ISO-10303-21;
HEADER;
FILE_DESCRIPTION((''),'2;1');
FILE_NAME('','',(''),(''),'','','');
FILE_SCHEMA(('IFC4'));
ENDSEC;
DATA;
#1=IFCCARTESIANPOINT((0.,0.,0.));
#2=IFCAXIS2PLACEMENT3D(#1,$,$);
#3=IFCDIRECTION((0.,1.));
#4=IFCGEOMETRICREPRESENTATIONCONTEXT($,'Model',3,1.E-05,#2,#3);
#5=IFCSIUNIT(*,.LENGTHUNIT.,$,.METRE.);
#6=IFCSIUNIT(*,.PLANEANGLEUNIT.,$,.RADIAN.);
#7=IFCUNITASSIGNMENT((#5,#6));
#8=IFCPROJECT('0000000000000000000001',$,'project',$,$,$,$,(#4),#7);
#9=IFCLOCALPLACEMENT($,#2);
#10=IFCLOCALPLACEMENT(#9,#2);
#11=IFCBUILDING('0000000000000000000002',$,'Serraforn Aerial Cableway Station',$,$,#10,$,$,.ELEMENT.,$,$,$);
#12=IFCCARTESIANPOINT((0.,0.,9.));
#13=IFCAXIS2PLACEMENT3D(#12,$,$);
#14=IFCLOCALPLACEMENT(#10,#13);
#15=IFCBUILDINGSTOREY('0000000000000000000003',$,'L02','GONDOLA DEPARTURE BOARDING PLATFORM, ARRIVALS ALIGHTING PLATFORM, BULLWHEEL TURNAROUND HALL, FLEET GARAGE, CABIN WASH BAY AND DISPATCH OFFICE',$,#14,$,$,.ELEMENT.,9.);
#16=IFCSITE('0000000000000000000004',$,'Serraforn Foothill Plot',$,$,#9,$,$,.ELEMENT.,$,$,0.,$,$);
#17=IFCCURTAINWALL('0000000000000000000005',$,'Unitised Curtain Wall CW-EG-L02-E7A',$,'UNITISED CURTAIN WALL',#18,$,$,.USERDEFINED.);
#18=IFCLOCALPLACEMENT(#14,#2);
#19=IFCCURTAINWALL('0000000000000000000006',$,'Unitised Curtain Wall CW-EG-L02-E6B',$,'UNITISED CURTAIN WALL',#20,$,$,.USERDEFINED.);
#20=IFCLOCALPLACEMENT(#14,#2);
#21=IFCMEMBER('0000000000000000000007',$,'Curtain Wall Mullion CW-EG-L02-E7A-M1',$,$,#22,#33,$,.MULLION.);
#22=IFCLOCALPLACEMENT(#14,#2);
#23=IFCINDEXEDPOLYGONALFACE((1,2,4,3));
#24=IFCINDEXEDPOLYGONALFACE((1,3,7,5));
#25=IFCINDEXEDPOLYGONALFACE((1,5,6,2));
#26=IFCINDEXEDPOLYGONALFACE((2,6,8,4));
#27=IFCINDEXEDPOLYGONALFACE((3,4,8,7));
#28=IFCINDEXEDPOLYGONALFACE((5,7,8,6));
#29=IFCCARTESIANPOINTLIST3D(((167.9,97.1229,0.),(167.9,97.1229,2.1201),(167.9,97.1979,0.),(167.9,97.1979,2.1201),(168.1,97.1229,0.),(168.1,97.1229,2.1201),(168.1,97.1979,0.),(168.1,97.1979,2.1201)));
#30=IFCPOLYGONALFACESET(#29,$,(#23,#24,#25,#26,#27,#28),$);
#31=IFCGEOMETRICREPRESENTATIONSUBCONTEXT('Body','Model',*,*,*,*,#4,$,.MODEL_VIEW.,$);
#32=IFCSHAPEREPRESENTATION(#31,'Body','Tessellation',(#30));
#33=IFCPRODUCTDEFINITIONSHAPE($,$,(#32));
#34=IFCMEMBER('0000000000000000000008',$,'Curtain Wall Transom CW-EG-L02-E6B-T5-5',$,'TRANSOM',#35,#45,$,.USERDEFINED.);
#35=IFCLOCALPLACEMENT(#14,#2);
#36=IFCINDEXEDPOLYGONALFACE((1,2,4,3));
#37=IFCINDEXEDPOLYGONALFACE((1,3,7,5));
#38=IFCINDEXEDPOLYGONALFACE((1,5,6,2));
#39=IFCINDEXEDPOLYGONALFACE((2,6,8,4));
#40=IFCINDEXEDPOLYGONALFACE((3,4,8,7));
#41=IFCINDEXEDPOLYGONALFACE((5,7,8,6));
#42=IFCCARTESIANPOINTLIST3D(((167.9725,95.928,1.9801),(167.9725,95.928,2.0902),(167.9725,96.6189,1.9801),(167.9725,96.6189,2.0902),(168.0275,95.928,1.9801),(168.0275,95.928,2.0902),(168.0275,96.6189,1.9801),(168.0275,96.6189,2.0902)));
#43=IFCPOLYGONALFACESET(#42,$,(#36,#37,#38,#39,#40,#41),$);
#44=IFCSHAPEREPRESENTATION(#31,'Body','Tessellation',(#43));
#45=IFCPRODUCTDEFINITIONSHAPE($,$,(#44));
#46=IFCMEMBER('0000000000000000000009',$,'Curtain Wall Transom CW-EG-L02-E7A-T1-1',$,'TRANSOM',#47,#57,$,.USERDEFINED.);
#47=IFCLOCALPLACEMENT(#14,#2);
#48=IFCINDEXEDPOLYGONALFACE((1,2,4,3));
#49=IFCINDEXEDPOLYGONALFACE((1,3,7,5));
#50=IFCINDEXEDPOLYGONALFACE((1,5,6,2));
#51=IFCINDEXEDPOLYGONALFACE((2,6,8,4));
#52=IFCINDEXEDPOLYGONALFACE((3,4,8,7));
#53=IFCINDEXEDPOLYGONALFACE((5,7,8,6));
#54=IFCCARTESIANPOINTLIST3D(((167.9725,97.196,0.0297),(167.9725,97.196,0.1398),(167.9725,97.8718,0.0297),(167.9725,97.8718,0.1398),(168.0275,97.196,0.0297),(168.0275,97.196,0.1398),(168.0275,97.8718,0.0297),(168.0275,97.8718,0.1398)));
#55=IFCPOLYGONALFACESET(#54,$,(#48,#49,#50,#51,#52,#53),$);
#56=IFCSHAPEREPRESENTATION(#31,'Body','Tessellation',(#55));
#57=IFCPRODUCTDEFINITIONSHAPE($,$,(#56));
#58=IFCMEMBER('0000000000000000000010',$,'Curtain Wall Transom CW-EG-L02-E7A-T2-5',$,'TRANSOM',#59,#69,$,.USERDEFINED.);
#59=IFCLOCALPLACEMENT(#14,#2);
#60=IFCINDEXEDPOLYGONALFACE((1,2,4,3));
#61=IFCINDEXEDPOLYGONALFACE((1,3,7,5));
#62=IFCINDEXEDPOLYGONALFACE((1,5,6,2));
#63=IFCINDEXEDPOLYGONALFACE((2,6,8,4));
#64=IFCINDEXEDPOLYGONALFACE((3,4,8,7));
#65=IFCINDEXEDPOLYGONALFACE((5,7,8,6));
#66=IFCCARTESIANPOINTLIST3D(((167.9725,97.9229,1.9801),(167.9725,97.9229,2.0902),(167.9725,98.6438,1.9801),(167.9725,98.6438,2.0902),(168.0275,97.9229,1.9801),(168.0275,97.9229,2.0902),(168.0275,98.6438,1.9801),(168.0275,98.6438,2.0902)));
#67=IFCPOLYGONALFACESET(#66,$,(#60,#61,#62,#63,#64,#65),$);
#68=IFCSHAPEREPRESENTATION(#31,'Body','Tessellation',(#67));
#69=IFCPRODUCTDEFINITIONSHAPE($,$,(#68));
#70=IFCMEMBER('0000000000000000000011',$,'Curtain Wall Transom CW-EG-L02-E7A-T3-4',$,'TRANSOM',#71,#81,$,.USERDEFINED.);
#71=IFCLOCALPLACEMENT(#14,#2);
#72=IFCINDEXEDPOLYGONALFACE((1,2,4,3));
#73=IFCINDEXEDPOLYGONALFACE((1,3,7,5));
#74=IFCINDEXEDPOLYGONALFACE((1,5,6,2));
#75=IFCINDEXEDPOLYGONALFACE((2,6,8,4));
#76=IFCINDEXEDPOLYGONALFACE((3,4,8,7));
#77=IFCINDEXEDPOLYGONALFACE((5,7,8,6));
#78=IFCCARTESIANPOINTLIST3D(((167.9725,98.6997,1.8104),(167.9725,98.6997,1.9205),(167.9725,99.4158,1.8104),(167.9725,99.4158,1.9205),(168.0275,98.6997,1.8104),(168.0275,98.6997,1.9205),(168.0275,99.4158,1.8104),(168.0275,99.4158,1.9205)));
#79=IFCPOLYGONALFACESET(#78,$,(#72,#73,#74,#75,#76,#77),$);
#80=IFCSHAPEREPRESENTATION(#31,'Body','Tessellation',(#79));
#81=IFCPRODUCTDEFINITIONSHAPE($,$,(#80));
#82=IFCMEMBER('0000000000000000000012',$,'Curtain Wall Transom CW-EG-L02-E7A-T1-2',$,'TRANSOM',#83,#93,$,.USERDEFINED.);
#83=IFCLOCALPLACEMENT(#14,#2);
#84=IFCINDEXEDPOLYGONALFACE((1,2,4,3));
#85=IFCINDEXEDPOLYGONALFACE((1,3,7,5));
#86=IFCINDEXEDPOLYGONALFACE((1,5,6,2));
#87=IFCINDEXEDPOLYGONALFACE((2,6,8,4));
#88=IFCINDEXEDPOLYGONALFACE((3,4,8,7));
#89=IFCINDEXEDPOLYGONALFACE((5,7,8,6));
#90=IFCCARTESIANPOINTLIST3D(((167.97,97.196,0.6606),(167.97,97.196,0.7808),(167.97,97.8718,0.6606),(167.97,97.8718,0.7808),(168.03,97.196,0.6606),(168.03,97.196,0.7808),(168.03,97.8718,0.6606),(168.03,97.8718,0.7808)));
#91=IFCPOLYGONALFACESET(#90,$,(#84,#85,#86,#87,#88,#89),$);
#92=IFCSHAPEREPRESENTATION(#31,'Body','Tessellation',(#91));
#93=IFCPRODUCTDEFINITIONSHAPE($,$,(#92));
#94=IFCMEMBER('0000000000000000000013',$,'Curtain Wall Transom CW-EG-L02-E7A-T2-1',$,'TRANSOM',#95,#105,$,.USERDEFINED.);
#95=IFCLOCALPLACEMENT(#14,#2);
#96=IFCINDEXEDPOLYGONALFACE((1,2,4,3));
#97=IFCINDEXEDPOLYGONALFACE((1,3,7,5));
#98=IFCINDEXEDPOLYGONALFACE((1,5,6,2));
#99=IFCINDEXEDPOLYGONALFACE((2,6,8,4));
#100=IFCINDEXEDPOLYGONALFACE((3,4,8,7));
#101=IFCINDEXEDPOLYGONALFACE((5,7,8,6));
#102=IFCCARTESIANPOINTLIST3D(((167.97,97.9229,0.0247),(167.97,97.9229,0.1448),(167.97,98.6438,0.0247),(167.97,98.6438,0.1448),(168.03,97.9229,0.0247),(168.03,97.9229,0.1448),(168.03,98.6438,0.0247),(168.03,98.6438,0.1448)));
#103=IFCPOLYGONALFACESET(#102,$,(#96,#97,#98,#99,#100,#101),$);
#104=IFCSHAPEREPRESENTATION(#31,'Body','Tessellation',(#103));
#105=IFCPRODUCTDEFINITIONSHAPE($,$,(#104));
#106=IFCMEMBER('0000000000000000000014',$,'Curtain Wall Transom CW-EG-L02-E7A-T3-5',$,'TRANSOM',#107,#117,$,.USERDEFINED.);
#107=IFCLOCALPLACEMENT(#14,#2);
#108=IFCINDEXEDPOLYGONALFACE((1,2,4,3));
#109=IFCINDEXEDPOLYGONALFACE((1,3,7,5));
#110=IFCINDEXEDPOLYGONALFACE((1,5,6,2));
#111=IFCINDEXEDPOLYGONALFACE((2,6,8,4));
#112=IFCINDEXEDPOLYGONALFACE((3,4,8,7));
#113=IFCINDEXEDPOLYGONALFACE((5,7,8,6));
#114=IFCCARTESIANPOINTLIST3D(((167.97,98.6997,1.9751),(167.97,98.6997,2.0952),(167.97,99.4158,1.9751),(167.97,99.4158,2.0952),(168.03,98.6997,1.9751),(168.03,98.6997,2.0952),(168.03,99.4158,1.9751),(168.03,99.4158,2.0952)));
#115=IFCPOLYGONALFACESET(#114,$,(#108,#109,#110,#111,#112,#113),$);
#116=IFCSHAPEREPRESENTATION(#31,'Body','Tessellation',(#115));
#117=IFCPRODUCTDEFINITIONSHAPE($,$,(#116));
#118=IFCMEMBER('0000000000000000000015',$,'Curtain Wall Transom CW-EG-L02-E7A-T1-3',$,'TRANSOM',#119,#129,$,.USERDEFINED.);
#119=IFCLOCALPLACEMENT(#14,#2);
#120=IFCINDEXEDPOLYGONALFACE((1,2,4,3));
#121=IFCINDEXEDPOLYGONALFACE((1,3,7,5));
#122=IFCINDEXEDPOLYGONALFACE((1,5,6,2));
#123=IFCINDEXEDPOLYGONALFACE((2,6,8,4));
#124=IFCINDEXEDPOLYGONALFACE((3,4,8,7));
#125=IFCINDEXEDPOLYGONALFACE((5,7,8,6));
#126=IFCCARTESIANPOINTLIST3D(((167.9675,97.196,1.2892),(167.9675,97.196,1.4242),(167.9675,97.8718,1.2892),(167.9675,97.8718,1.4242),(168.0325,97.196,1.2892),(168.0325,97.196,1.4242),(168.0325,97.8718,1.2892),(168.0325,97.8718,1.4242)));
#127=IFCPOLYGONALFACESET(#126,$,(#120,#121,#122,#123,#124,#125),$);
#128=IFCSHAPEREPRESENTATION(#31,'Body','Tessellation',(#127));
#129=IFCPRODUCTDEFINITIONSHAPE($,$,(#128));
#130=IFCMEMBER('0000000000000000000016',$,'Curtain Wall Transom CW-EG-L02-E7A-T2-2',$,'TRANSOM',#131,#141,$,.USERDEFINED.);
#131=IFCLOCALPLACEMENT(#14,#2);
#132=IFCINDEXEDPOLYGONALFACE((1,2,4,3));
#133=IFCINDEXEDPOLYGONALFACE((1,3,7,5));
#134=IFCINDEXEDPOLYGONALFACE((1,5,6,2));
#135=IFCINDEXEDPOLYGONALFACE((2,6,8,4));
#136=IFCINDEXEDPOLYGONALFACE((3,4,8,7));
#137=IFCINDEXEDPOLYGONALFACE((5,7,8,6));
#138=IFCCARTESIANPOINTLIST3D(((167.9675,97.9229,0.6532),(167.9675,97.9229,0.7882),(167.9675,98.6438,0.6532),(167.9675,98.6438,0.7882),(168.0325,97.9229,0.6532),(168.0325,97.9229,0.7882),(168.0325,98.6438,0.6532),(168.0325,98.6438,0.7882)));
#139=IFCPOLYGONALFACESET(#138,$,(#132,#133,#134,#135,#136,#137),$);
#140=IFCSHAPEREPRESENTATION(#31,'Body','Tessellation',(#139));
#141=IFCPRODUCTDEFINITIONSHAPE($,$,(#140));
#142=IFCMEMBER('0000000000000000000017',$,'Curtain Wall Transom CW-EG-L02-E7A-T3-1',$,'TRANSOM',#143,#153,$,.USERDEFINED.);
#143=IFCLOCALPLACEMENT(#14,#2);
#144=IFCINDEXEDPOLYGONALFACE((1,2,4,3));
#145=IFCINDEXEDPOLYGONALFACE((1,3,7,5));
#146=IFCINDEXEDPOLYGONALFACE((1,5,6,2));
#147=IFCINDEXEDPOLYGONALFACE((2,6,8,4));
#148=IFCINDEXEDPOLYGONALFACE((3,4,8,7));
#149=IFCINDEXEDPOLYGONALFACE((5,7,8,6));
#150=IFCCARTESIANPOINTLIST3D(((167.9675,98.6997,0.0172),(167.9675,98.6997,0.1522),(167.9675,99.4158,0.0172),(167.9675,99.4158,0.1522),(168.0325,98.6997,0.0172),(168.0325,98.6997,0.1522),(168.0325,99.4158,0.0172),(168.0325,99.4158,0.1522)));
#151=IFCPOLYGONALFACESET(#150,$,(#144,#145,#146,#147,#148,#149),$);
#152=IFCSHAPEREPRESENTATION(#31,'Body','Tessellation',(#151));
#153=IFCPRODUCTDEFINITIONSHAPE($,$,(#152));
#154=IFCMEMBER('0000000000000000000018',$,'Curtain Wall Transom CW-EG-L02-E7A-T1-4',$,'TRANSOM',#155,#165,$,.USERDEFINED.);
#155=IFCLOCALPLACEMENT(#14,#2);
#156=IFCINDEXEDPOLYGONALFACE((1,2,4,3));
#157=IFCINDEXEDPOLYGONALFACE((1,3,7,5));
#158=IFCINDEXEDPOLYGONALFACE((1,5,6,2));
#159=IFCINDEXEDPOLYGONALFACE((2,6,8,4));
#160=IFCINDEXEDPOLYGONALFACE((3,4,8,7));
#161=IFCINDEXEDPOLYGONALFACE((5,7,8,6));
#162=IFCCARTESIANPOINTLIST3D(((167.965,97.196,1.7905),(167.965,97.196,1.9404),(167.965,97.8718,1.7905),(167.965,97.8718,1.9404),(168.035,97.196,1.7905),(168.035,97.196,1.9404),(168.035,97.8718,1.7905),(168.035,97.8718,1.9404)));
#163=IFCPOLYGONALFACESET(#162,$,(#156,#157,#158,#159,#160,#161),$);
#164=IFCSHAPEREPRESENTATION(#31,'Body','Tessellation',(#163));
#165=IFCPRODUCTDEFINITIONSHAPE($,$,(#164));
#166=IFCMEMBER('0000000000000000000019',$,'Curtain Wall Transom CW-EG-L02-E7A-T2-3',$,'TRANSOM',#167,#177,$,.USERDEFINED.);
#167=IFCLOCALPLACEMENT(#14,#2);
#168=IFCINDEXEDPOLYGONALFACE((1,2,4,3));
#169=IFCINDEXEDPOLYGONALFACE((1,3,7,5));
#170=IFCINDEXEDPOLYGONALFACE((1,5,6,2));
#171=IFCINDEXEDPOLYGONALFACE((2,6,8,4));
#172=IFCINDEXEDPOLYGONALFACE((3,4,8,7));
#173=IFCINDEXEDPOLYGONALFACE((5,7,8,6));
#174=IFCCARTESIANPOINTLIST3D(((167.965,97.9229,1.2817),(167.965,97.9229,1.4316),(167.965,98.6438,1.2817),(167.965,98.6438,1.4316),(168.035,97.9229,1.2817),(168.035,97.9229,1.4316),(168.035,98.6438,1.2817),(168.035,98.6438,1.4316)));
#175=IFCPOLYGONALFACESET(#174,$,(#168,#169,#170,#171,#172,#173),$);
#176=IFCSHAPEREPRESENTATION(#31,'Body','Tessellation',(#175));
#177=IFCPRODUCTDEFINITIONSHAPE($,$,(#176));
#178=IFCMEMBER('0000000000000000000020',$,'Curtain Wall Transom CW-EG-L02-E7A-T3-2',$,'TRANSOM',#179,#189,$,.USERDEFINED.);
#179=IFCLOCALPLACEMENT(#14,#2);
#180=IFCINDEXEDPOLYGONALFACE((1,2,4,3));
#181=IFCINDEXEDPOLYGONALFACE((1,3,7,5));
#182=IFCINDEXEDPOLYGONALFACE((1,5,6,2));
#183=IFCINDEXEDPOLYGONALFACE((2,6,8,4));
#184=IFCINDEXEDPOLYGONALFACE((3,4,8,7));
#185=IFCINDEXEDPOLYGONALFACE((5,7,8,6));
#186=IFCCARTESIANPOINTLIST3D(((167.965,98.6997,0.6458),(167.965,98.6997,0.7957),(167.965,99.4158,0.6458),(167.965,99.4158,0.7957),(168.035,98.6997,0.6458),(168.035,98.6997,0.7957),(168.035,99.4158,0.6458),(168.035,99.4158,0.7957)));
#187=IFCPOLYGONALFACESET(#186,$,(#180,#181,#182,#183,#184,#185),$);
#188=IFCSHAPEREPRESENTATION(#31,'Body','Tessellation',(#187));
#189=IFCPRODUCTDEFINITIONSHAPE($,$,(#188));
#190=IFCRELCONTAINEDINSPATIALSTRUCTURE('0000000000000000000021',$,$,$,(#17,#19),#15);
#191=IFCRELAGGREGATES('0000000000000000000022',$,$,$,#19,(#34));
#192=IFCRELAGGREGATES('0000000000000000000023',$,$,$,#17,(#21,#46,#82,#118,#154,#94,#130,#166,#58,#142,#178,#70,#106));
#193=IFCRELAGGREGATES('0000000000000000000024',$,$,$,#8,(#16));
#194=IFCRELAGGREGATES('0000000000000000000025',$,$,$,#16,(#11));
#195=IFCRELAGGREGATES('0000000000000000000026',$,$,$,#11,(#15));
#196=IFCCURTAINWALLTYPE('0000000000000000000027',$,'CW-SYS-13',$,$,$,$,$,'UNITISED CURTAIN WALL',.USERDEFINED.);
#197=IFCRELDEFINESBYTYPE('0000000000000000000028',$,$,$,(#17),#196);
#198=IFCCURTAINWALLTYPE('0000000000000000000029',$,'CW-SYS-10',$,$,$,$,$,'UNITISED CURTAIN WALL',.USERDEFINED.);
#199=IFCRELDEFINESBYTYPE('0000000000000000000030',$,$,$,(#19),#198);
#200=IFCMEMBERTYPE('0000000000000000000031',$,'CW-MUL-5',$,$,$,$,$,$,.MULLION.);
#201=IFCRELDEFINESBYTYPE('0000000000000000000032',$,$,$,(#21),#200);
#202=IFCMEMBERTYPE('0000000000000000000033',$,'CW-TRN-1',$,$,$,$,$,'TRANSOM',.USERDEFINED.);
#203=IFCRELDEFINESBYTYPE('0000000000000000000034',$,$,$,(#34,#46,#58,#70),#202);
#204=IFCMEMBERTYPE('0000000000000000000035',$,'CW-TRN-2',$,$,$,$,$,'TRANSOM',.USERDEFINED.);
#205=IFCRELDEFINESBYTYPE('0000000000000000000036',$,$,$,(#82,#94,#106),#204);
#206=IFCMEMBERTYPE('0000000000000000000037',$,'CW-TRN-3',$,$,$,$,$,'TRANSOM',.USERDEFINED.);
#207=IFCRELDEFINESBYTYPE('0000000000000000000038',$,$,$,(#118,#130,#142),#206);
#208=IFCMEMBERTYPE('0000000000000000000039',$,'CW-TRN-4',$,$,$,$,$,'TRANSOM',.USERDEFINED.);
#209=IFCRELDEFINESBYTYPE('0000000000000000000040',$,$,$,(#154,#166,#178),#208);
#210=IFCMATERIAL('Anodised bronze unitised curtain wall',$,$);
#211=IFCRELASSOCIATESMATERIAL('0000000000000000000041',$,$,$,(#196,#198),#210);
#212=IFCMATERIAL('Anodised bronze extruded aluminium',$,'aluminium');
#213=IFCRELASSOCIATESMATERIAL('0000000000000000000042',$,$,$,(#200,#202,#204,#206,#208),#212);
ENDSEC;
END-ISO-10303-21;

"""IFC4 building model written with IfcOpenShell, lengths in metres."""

from ifc_helpers import new_model, si_unit, direction, frame, origin, origin_2d, place, context, subcontext, project, spatial, rectangle, extrude, material, material_profile, profile_set, type_object, element, aggregate, save


model = new_model("IFC4")

# Units and contexts
model_context = context("Model", 3, precision=1e-05, world=origin(), true_north=direction((0.0, 1.0)))
body_context = subcontext(model_context, "Body", "Model", "MODEL_VIEW")
ifc_project = project(units=[si_unit("LENGTHUNIT", "METRE"), si_unit("PLANEANGLEUNIT", "RADIAN")], contexts=[model_context])

# Site, building, storey
site_placement = place(None, origin())
site = spatial("IfcSite", under=ifc_project, at=site_placement, Name="Serraforn Foothill Plot", CompositionType="ELEMENT", RefElevation=0.0)
building_placement = place(site_placement, origin())
building = spatial("IfcBuilding", under=site, at=building_placement, Name="Serraforn Aerial Cableway Station", CompositionType="ELEMENT")
storey_placement = place(building_placement, frame((0.0, 0.0, 9.0)))
storey = spatial("IfcBuildingStorey", under=building, at=storey_placement, Name="L02", Description="GONDOLA DEPARTURE BOARDING PLATFORM, ARRIVALS ALIGHTING PLATFORM, BULLWHEEL TURNAROUND HALL, FLEET GARAGE, CABIN WASH BAY AND DISPATCH OFFICE", CompositionType="ELEMENT", Elevation=9.0)

# Curtain walls
ifc_material_1 = material(Name="Anodised bronze unitised curtain wall")
curtain_wall_type_1 = type_object("IfcCurtainWallType", Name="CW-SYS-13", ElementType="UNITISED CURTAIN WALL", PredefinedType="USERDEFINED", material=ifc_material_1)
curtain_wall_1_placement = place(storey_placement, origin())
curtain_wall_1 = element("IfcCurtainWall", 1, at=curtain_wall_1_placement, inside=storey, type_object=curtain_wall_type_1, Name="Unitised Curtain Wall CW-EG-L02-E7A", ObjectType="UNITISED CURTAIN WALL", PredefinedType="USERDEFINED")
ifc_material_2 = material(Name="Anodised bronze extruded aluminium", Category="aluminium")
curtain_wall_type_2 = type_object("IfcCurtainWallType", Name="CW-SYS-10", ElementType="UNITISED CURTAIN WALL", PredefinedType="USERDEFINED", material=ifc_material_1)
curtain_wall_2_placement = place(storey_placement, origin())
curtain_wall_2 = element("IfcCurtainWall", 2, at=curtain_wall_2_placement, inside=storey, type_object=curtain_wall_type_2, Name="Unitised Curtain Wall CW-EG-L02-E6B", ObjectType="UNITISED CURTAIN WALL", PredefinedType="USERDEFINED")

# Members
ifc_material_profile_1 = material_profile(ifc_material_2, rectangle(XDim=0.075, YDim=0.2, at=origin_2d()), Name="CW MULLION 75x200")
ifc_profile_set_1 = profile_set([ifc_material_profile_1], Name="Anodised bronze extruded aluminium")
member_type_1 = type_object("IfcMemberType", Name="CW-MUL-5", PredefinedType="MULLION", material=ifc_profile_set_1)
member_1_placement = place(storey_placement, frame((168.0, 97.1604, 0.0), z_axis=(0.0, 0.0, 1.0), x_axis=(0.0, 1.0, 0.0)))
member_1 = element("IfcMember", 3, at=member_1_placement, type_object=member_type_1, Name="Curtain Wall Mullion CW-EG-L02-E7A-M1", PredefinedType="MULLION", context=body_context, shape_type="SweptSolid", body=[
    extrude(rectangle(XDim=0.075, YDim=0.2, at=origin_2d()), origin(), (0.0, 0.0, 1.0), 2.1201),
])
ifc_material_profile_2 = material_profile(ifc_material_2, rectangle(XDim=0.0549, YDim=0.1101, at=origin_2d()), Name="CW TRANSOM 55x110")
ifc_profile_set_2 = profile_set([ifc_material_profile_2], Name="Anodised bronze extruded aluminium")
member_type_2 = type_object("IfcMemberType", Name="CW-TRN-1", ElementType="TRANSOM", PredefinedType="USERDEFINED", material=ifc_profile_set_2)
member_2_placement = place(storey_placement, frame((168.0, 95.928, 2.0352), z_axis=(0.0, 1.0, 0.0), x_axis=(-1.0, 0.0, 0.0)))
member_2 = element("IfcMember", 4, at=member_2_placement, type_object=member_type_2, Name="Curtain Wall Transom CW-EG-L02-E6B-T5-5", ObjectType="TRANSOM", PredefinedType="USERDEFINED", context=body_context, shape_type="SweptSolid", body=[
    extrude(rectangle(XDim=0.0549, YDim=0.1101, at=origin_2d()), origin(), (0.0, 0.0, 1.0), 0.6909),
])
member_3_placement = place(storey_placement, frame((168.0, 97.196, 0.0847), z_axis=(0.0, 1.0, 0.0), x_axis=(-1.0, 0.0, 0.0)))
member_3 = element("IfcMember", 5, at=member_3_placement, type_object=member_type_2, Name="Curtain Wall Transom CW-EG-L02-E7A-T1-1", ObjectType="TRANSOM", PredefinedType="USERDEFINED", context=body_context, shape_type="SweptSolid", body=[
    extrude(rectangle(XDim=0.0549, YDim=0.1101, at=origin_2d()), origin(), (0.0, 0.0, 1.0), 0.6758),
])
member_4_placement = place(storey_placement, frame((168.0, 97.9229, 2.0352), z_axis=(0.0, 1.0, 0.0), x_axis=(-1.0, 0.0, 0.0)))
member_4 = element("IfcMember", 6, at=member_4_placement, type_object=member_type_2, Name="Curtain Wall Transom CW-EG-L02-E7A-T2-5", ObjectType="TRANSOM", PredefinedType="USERDEFINED", context=body_context, shape_type="SweptSolid", body=[
    extrude(rectangle(XDim=0.0549, YDim=0.1101, at=origin_2d()), origin(), (0.0, 0.0, 1.0), 0.7209),
])
member_5_placement = place(storey_placement, frame((168.0, 98.6997, 1.8655), z_axis=(0.0, 1.0, 0.0), x_axis=(-1.0, 0.0, 0.0)))
member_5 = element("IfcMember", 7, at=member_5_placement, type_object=member_type_2, Name="Curtain Wall Transom CW-EG-L02-E7A-T3-4", ObjectType="TRANSOM", PredefinedType="USERDEFINED", context=body_context, shape_type="SweptSolid", body=[
    extrude(rectangle(XDim=0.0549, YDim=0.1101, at=origin_2d()), origin(), (0.0, 0.0, 1.0), 0.7161),
])
ifc_material_profile_3 = material_profile(ifc_material_2, rectangle(XDim=0.0601, YDim=0.1201, at=origin_2d()), Name="CW TRANSOM 60x120")
ifc_profile_set_3 = profile_set([ifc_material_profile_3], Name="Anodised bronze extruded aluminium")
member_type_3 = type_object("IfcMemberType", Name="CW-TRN-2", ElementType="TRANSOM", PredefinedType="USERDEFINED", material=ifc_profile_set_3)
member_6_placement = place(storey_placement, frame((168.0, 97.196, 0.7207), z_axis=(0.0, 1.0, 0.0), x_axis=(-1.0, 0.0, 0.0)))
member_6 = element("IfcMember", 8, at=member_6_placement, type_object=member_type_3, Name="Curtain Wall Transom CW-EG-L02-E7A-T1-2", ObjectType="TRANSOM", PredefinedType="USERDEFINED", context=body_context, shape_type="SweptSolid", body=[
    extrude(rectangle(XDim=0.0601, YDim=0.1201, at=origin_2d()), origin(), (0.0, 0.0, 1.0), 0.6758),
])
member_7_placement = place(storey_placement, frame((168.0, 97.9229, 0.0847), z_axis=(0.0, 1.0, 0.0), x_axis=(-1.0, 0.0, 0.0)))
member_7 = element("IfcMember", 9, at=member_7_placement, type_object=member_type_3, Name="Curtain Wall Transom CW-EG-L02-E7A-T2-1", ObjectType="TRANSOM", PredefinedType="USERDEFINED", context=body_context, shape_type="SweptSolid", body=[
    extrude(rectangle(XDim=0.0601, YDim=0.1201, at=origin_2d()), origin(), (0.0, 0.0, 1.0), 0.7209),
])
member_8_placement = place(storey_placement, frame((168.0, 98.6997, 2.0352), z_axis=(0.0, 1.0, 0.0), x_axis=(-1.0, 0.0, 0.0)))
member_8 = element("IfcMember", 10, at=member_8_placement, type_object=member_type_3, Name="Curtain Wall Transom CW-EG-L02-E7A-T3-5", ObjectType="TRANSOM", PredefinedType="USERDEFINED", context=body_context, shape_type="SweptSolid", body=[
    extrude(rectangle(XDim=0.0601, YDim=0.1201, at=origin_2d()), origin(), (0.0, 0.0, 1.0), 0.7161),
])
ifc_material_profile_4 = material_profile(ifc_material_2, rectangle(XDim=0.0649, YDim=0.135, at=origin_2d()), Name="CW TRANSOM 65x135")
ifc_profile_set_4 = profile_set([ifc_material_profile_4], Name="Anodised bronze extruded aluminium")
member_type_4 = type_object("IfcMemberType", Name="CW-TRN-3", ElementType="TRANSOM", PredefinedType="USERDEFINED", material=ifc_profile_set_4)
member_9_placement = place(storey_placement, frame((168.0, 97.196, 1.3567), z_axis=(0.0, 1.0, 0.0), x_axis=(-1.0, 0.0, 0.0)))
member_9 = element("IfcMember", 11, at=member_9_placement, type_object=member_type_4, Name="Curtain Wall Transom CW-EG-L02-E7A-T1-3", ObjectType="TRANSOM", PredefinedType="USERDEFINED", context=body_context, shape_type="SweptSolid", body=[
    extrude(rectangle(XDim=0.0649, YDim=0.135, at=origin_2d()), origin(), (0.0, 0.0, 1.0), 0.6758),
])
member_10_placement = place(storey_placement, frame((168.0, 97.9229, 0.7207), z_axis=(0.0, 1.0, 0.0), x_axis=(-1.0, 0.0, 0.0)))
member_10 = element("IfcMember", 12, at=member_10_placement, type_object=member_type_4, Name="Curtain Wall Transom CW-EG-L02-E7A-T2-2", ObjectType="TRANSOM", PredefinedType="USERDEFINED", context=body_context, shape_type="SweptSolid", body=[
    extrude(rectangle(XDim=0.0649, YDim=0.135, at=origin_2d()), origin(), (0.0, 0.0, 1.0), 0.7209),
])
member_11_placement = place(storey_placement, frame((168.0, 98.6997, 0.0847), z_axis=(0.0, 1.0, 0.0), x_axis=(-1.0, 0.0, 0.0)))
member_11 = element("IfcMember", 13, at=member_11_placement, type_object=member_type_4, Name="Curtain Wall Transom CW-EG-L02-E7A-T3-1", ObjectType="TRANSOM", PredefinedType="USERDEFINED", context=body_context, shape_type="SweptSolid", body=[
    extrude(rectangle(XDim=0.0649, YDim=0.135, at=origin_2d()), origin(), (0.0, 0.0, 1.0), 0.7161),
])
ifc_material_profile_5 = material_profile(ifc_material_2, rectangle(XDim=0.0701, YDim=0.1499, at=origin_2d()), Name="CW TRANSOM 70x150")
ifc_profile_set_5 = profile_set([ifc_material_profile_5], Name="Anodised bronze extruded aluminium")
member_type_5 = type_object("IfcMemberType", Name="CW-TRN-4", ElementType="TRANSOM", PredefinedType="USERDEFINED", material=ifc_profile_set_5)
member_12_placement = place(storey_placement, frame((168.0, 97.196, 1.8655), z_axis=(0.0, 1.0, 0.0), x_axis=(-1.0, 0.0, 0.0)))
member_12 = element("IfcMember", 14, at=member_12_placement, type_object=member_type_5, Name="Curtain Wall Transom CW-EG-L02-E7A-T1-4", ObjectType="TRANSOM", PredefinedType="USERDEFINED", context=body_context, shape_type="SweptSolid", body=[
    extrude(rectangle(XDim=0.0701, YDim=0.1499, at=origin_2d()), origin(), (0.0, 0.0, 1.0), 0.6758),
])
member_13_placement = place(storey_placement, frame((168.0, 97.9229, 1.3567), z_axis=(0.0, 1.0, 0.0), x_axis=(-1.0, 0.0, 0.0)))
member_13 = element("IfcMember", 15, at=member_13_placement, type_object=member_type_5, Name="Curtain Wall Transom CW-EG-L02-E7A-T2-3", ObjectType="TRANSOM", PredefinedType="USERDEFINED", context=body_context, shape_type="SweptSolid", body=[
    extrude(rectangle(XDim=0.0701, YDim=0.1499, at=origin_2d()), origin(), (0.0, 0.0, 1.0), 0.7209),
])
member_14_placement = place(storey_placement, frame((168.0, 98.6997, 0.7207), z_axis=(0.0, 1.0, 0.0), x_axis=(-1.0, 0.0, 0.0)))
member_14 = element("IfcMember", 16, at=member_14_placement, type_object=member_type_5, Name="Curtain Wall Transom CW-EG-L02-E7A-T3-2", ObjectType="TRANSOM", PredefinedType="USERDEFINED", context=body_context, shape_type="SweptSolid", body=[
    extrude(rectangle(XDim=0.0701, YDim=0.1499, at=origin_2d()), origin(), (0.0, 0.0, 1.0), 0.7161),
])

aggregate(curtain_wall_2, [member_2])
aggregate(curtain_wall_1, [member_1, member_3, member_6, member_9, member_12, member_7, member_10, member_13, member_4, member_11, member_14, member_5, member_8])

save(model, "model.ifc")
